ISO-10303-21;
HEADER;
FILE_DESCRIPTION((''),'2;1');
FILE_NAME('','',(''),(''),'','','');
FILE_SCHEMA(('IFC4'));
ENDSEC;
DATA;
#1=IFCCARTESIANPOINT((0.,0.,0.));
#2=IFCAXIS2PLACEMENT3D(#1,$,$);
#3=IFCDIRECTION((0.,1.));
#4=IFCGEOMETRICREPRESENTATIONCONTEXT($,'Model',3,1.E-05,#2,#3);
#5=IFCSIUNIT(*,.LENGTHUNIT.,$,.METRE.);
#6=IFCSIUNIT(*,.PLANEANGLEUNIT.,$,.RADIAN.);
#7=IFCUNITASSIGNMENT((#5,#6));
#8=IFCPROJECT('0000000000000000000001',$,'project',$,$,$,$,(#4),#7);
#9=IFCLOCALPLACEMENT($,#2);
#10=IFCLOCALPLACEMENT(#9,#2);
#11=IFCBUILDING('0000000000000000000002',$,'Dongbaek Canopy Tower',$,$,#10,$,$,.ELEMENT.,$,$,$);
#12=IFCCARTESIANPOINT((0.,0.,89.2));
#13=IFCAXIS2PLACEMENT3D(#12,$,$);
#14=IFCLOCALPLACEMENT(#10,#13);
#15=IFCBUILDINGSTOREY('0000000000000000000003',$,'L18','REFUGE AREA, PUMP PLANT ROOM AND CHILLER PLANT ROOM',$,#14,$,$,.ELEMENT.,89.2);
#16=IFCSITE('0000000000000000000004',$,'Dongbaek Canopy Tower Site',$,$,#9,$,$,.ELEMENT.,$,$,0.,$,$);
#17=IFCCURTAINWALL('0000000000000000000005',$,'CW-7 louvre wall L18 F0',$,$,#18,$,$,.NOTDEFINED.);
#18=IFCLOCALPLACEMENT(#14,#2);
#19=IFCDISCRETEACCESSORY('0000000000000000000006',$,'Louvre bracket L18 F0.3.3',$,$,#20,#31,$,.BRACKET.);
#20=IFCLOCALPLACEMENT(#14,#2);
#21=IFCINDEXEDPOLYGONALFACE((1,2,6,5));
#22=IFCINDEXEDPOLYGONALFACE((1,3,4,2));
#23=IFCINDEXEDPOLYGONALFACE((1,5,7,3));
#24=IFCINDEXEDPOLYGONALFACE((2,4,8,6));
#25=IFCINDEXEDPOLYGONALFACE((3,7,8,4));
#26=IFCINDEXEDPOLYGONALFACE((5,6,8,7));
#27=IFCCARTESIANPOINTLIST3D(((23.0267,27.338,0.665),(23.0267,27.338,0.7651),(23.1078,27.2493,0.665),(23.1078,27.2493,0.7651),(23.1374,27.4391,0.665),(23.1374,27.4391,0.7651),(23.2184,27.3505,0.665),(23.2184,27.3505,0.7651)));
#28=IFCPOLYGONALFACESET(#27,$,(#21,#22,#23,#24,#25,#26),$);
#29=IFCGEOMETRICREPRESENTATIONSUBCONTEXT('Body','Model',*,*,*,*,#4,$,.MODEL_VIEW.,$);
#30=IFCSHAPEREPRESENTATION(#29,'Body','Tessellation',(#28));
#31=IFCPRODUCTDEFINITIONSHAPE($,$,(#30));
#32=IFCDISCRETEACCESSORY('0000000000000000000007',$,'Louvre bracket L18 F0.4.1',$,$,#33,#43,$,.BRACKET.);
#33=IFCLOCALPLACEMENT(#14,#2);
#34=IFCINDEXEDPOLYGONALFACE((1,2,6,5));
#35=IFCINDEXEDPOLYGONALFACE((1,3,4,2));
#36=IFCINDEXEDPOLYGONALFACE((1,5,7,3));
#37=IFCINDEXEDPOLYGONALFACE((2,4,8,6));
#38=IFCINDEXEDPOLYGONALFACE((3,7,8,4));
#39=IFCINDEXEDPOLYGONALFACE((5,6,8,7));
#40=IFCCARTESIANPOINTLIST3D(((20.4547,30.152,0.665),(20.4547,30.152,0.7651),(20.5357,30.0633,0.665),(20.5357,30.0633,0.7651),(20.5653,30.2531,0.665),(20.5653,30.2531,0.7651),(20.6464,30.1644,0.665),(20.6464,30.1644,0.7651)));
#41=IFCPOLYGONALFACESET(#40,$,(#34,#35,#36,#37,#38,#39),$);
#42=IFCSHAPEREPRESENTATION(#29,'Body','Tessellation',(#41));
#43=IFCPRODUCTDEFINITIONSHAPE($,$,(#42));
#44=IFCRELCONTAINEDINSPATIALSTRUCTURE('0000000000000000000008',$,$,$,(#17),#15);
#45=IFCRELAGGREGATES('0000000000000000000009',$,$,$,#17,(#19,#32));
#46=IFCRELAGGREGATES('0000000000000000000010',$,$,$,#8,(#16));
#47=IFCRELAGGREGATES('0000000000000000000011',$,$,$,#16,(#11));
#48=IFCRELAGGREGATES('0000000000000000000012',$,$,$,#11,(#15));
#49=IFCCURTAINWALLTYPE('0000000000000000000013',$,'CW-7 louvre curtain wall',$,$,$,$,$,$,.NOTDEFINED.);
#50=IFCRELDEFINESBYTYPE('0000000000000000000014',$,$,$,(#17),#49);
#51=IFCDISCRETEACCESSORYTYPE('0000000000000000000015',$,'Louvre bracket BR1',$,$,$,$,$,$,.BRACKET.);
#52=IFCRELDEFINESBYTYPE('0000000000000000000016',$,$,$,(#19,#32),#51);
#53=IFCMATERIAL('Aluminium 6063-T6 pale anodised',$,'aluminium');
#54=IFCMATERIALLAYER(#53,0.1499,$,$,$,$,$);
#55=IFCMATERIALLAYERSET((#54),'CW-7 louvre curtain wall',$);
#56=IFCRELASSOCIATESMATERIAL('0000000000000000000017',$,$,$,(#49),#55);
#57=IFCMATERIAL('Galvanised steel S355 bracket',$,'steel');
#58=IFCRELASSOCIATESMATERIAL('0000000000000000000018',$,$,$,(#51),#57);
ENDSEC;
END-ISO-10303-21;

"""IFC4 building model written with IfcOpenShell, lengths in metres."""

from ifc_helpers import new_model, si_unit, direction, frame, origin, origin_2d, place, context, subcontext, project, spatial, rectangle, extrude, material, layer, layer_set, type_object, element, aggregate, save


model = new_model("IFC4")

# Units and contexts
model_context = context("Model", 3, precision=1e-05, world=origin(), true_north=direction((0.0, 1.0)))
body_context = subcontext(model_context, "Body", "Model", "MODEL_VIEW")
ifc_project = project(units=[si_unit("LENGTHUNIT", "METRE"), si_unit("PLANEANGLEUNIT", "RADIAN")], contexts=[model_context])

# Site, building, storey
site_placement = place(None, origin())
site = spatial("IfcSite", under=ifc_project, at=site_placement, Name="Dongbaek Canopy Tower Site", CompositionType="ELEMENT", RefElevation=0.0)
building_placement = place(site_placement, origin())
building = spatial("IfcBuilding", under=site, at=building_placement, Name="Dongbaek Canopy Tower", CompositionType="ELEMENT")
storey_placement = place(building_placement, frame((0.0, 0.0, 89.2)))
storey = spatial("IfcBuildingStorey", under=building, at=storey_placement, Name="L18", Description="REFUGE AREA, PUMP PLANT ROOM AND CHILLER PLANT ROOM", CompositionType="ELEMENT", Elevation=89.2)

# Curtain wall
ifc_material_1 = material(Name="Aluminium 6063-T6 pale anodised", Category="aluminium")
ifc_layer_1 = layer(ifc_material_1, 0.1499)
ifc_layer_set_1 = layer_set([ifc_layer_1], Name="CW-7 louvre curtain wall")
curtain_wall_type = type_object("IfcCurtainWallType", Name="CW-7 louvre curtain wall", PredefinedType="NOTDEFINED", material=ifc_layer_set_1)
curtain_wall_placement = place(storey_placement, origin())
curtain_wall = element("IfcCurtainWall", 1, at=curtain_wall_placement, inside=storey, type_object=curtain_wall_type, Name="CW-7 louvre wall L18 F0", PredefinedType="NOTDEFINED")

# Discrete accessories
ifc_material_2 = material(Name="Galvanised steel S355 bracket", Category="steel")
discrete_accessory_type = type_object("IfcDiscreteAccessoryType", Name="Louvre bracket BR1", PredefinedType="BRACKET", material=ifc_material_2)
discrete_accessory_1_placement = place(storey_placement, frame((23.1226, 27.3442, 0.665), z_axis=(0.0, 0.0, 1.0), x_axis=(-0.674647, 0.738141, 0.0)))
discrete_accessory_1 = element("IfcDiscreteAccessory", 2, at=discrete_accessory_1_placement, type_object=discrete_accessory_type, Name="Louvre bracket L18 F0.3.3", PredefinedType="BRACKET", context=body_context, shape_type="SweptSolid", body=[
    extrude(rectangle(XDim=0.1201, YDim=0.1499, at=origin_2d()), origin(), (0.0, 0.0, 1.0), 0.1001),
])
discrete_accessory_2_placement = place(storey_placement, frame((20.5505, 30.1582, 0.665), z_axis=(0.0, 0.0, 1.0), x_axis=(-0.674647, 0.738141, 0.0)))
discrete_accessory_2 = element("IfcDiscreteAccessory", 3, at=discrete_accessory_2_placement, type_object=discrete_accessory_type, Name="Louvre bracket L18 F0.4.1", PredefinedType="BRACKET", context=body_context, shape_type="SweptSolid", body=[
    extrude(rectangle(XDim=0.1201, YDim=0.1499, at=origin_2d()), origin(), (0.0, 0.0, 1.0), 0.1001),
])
aggregate(curtain_wall, [discrete_accessory_1, discrete_accessory_2])

save(model, "model.ifc")
